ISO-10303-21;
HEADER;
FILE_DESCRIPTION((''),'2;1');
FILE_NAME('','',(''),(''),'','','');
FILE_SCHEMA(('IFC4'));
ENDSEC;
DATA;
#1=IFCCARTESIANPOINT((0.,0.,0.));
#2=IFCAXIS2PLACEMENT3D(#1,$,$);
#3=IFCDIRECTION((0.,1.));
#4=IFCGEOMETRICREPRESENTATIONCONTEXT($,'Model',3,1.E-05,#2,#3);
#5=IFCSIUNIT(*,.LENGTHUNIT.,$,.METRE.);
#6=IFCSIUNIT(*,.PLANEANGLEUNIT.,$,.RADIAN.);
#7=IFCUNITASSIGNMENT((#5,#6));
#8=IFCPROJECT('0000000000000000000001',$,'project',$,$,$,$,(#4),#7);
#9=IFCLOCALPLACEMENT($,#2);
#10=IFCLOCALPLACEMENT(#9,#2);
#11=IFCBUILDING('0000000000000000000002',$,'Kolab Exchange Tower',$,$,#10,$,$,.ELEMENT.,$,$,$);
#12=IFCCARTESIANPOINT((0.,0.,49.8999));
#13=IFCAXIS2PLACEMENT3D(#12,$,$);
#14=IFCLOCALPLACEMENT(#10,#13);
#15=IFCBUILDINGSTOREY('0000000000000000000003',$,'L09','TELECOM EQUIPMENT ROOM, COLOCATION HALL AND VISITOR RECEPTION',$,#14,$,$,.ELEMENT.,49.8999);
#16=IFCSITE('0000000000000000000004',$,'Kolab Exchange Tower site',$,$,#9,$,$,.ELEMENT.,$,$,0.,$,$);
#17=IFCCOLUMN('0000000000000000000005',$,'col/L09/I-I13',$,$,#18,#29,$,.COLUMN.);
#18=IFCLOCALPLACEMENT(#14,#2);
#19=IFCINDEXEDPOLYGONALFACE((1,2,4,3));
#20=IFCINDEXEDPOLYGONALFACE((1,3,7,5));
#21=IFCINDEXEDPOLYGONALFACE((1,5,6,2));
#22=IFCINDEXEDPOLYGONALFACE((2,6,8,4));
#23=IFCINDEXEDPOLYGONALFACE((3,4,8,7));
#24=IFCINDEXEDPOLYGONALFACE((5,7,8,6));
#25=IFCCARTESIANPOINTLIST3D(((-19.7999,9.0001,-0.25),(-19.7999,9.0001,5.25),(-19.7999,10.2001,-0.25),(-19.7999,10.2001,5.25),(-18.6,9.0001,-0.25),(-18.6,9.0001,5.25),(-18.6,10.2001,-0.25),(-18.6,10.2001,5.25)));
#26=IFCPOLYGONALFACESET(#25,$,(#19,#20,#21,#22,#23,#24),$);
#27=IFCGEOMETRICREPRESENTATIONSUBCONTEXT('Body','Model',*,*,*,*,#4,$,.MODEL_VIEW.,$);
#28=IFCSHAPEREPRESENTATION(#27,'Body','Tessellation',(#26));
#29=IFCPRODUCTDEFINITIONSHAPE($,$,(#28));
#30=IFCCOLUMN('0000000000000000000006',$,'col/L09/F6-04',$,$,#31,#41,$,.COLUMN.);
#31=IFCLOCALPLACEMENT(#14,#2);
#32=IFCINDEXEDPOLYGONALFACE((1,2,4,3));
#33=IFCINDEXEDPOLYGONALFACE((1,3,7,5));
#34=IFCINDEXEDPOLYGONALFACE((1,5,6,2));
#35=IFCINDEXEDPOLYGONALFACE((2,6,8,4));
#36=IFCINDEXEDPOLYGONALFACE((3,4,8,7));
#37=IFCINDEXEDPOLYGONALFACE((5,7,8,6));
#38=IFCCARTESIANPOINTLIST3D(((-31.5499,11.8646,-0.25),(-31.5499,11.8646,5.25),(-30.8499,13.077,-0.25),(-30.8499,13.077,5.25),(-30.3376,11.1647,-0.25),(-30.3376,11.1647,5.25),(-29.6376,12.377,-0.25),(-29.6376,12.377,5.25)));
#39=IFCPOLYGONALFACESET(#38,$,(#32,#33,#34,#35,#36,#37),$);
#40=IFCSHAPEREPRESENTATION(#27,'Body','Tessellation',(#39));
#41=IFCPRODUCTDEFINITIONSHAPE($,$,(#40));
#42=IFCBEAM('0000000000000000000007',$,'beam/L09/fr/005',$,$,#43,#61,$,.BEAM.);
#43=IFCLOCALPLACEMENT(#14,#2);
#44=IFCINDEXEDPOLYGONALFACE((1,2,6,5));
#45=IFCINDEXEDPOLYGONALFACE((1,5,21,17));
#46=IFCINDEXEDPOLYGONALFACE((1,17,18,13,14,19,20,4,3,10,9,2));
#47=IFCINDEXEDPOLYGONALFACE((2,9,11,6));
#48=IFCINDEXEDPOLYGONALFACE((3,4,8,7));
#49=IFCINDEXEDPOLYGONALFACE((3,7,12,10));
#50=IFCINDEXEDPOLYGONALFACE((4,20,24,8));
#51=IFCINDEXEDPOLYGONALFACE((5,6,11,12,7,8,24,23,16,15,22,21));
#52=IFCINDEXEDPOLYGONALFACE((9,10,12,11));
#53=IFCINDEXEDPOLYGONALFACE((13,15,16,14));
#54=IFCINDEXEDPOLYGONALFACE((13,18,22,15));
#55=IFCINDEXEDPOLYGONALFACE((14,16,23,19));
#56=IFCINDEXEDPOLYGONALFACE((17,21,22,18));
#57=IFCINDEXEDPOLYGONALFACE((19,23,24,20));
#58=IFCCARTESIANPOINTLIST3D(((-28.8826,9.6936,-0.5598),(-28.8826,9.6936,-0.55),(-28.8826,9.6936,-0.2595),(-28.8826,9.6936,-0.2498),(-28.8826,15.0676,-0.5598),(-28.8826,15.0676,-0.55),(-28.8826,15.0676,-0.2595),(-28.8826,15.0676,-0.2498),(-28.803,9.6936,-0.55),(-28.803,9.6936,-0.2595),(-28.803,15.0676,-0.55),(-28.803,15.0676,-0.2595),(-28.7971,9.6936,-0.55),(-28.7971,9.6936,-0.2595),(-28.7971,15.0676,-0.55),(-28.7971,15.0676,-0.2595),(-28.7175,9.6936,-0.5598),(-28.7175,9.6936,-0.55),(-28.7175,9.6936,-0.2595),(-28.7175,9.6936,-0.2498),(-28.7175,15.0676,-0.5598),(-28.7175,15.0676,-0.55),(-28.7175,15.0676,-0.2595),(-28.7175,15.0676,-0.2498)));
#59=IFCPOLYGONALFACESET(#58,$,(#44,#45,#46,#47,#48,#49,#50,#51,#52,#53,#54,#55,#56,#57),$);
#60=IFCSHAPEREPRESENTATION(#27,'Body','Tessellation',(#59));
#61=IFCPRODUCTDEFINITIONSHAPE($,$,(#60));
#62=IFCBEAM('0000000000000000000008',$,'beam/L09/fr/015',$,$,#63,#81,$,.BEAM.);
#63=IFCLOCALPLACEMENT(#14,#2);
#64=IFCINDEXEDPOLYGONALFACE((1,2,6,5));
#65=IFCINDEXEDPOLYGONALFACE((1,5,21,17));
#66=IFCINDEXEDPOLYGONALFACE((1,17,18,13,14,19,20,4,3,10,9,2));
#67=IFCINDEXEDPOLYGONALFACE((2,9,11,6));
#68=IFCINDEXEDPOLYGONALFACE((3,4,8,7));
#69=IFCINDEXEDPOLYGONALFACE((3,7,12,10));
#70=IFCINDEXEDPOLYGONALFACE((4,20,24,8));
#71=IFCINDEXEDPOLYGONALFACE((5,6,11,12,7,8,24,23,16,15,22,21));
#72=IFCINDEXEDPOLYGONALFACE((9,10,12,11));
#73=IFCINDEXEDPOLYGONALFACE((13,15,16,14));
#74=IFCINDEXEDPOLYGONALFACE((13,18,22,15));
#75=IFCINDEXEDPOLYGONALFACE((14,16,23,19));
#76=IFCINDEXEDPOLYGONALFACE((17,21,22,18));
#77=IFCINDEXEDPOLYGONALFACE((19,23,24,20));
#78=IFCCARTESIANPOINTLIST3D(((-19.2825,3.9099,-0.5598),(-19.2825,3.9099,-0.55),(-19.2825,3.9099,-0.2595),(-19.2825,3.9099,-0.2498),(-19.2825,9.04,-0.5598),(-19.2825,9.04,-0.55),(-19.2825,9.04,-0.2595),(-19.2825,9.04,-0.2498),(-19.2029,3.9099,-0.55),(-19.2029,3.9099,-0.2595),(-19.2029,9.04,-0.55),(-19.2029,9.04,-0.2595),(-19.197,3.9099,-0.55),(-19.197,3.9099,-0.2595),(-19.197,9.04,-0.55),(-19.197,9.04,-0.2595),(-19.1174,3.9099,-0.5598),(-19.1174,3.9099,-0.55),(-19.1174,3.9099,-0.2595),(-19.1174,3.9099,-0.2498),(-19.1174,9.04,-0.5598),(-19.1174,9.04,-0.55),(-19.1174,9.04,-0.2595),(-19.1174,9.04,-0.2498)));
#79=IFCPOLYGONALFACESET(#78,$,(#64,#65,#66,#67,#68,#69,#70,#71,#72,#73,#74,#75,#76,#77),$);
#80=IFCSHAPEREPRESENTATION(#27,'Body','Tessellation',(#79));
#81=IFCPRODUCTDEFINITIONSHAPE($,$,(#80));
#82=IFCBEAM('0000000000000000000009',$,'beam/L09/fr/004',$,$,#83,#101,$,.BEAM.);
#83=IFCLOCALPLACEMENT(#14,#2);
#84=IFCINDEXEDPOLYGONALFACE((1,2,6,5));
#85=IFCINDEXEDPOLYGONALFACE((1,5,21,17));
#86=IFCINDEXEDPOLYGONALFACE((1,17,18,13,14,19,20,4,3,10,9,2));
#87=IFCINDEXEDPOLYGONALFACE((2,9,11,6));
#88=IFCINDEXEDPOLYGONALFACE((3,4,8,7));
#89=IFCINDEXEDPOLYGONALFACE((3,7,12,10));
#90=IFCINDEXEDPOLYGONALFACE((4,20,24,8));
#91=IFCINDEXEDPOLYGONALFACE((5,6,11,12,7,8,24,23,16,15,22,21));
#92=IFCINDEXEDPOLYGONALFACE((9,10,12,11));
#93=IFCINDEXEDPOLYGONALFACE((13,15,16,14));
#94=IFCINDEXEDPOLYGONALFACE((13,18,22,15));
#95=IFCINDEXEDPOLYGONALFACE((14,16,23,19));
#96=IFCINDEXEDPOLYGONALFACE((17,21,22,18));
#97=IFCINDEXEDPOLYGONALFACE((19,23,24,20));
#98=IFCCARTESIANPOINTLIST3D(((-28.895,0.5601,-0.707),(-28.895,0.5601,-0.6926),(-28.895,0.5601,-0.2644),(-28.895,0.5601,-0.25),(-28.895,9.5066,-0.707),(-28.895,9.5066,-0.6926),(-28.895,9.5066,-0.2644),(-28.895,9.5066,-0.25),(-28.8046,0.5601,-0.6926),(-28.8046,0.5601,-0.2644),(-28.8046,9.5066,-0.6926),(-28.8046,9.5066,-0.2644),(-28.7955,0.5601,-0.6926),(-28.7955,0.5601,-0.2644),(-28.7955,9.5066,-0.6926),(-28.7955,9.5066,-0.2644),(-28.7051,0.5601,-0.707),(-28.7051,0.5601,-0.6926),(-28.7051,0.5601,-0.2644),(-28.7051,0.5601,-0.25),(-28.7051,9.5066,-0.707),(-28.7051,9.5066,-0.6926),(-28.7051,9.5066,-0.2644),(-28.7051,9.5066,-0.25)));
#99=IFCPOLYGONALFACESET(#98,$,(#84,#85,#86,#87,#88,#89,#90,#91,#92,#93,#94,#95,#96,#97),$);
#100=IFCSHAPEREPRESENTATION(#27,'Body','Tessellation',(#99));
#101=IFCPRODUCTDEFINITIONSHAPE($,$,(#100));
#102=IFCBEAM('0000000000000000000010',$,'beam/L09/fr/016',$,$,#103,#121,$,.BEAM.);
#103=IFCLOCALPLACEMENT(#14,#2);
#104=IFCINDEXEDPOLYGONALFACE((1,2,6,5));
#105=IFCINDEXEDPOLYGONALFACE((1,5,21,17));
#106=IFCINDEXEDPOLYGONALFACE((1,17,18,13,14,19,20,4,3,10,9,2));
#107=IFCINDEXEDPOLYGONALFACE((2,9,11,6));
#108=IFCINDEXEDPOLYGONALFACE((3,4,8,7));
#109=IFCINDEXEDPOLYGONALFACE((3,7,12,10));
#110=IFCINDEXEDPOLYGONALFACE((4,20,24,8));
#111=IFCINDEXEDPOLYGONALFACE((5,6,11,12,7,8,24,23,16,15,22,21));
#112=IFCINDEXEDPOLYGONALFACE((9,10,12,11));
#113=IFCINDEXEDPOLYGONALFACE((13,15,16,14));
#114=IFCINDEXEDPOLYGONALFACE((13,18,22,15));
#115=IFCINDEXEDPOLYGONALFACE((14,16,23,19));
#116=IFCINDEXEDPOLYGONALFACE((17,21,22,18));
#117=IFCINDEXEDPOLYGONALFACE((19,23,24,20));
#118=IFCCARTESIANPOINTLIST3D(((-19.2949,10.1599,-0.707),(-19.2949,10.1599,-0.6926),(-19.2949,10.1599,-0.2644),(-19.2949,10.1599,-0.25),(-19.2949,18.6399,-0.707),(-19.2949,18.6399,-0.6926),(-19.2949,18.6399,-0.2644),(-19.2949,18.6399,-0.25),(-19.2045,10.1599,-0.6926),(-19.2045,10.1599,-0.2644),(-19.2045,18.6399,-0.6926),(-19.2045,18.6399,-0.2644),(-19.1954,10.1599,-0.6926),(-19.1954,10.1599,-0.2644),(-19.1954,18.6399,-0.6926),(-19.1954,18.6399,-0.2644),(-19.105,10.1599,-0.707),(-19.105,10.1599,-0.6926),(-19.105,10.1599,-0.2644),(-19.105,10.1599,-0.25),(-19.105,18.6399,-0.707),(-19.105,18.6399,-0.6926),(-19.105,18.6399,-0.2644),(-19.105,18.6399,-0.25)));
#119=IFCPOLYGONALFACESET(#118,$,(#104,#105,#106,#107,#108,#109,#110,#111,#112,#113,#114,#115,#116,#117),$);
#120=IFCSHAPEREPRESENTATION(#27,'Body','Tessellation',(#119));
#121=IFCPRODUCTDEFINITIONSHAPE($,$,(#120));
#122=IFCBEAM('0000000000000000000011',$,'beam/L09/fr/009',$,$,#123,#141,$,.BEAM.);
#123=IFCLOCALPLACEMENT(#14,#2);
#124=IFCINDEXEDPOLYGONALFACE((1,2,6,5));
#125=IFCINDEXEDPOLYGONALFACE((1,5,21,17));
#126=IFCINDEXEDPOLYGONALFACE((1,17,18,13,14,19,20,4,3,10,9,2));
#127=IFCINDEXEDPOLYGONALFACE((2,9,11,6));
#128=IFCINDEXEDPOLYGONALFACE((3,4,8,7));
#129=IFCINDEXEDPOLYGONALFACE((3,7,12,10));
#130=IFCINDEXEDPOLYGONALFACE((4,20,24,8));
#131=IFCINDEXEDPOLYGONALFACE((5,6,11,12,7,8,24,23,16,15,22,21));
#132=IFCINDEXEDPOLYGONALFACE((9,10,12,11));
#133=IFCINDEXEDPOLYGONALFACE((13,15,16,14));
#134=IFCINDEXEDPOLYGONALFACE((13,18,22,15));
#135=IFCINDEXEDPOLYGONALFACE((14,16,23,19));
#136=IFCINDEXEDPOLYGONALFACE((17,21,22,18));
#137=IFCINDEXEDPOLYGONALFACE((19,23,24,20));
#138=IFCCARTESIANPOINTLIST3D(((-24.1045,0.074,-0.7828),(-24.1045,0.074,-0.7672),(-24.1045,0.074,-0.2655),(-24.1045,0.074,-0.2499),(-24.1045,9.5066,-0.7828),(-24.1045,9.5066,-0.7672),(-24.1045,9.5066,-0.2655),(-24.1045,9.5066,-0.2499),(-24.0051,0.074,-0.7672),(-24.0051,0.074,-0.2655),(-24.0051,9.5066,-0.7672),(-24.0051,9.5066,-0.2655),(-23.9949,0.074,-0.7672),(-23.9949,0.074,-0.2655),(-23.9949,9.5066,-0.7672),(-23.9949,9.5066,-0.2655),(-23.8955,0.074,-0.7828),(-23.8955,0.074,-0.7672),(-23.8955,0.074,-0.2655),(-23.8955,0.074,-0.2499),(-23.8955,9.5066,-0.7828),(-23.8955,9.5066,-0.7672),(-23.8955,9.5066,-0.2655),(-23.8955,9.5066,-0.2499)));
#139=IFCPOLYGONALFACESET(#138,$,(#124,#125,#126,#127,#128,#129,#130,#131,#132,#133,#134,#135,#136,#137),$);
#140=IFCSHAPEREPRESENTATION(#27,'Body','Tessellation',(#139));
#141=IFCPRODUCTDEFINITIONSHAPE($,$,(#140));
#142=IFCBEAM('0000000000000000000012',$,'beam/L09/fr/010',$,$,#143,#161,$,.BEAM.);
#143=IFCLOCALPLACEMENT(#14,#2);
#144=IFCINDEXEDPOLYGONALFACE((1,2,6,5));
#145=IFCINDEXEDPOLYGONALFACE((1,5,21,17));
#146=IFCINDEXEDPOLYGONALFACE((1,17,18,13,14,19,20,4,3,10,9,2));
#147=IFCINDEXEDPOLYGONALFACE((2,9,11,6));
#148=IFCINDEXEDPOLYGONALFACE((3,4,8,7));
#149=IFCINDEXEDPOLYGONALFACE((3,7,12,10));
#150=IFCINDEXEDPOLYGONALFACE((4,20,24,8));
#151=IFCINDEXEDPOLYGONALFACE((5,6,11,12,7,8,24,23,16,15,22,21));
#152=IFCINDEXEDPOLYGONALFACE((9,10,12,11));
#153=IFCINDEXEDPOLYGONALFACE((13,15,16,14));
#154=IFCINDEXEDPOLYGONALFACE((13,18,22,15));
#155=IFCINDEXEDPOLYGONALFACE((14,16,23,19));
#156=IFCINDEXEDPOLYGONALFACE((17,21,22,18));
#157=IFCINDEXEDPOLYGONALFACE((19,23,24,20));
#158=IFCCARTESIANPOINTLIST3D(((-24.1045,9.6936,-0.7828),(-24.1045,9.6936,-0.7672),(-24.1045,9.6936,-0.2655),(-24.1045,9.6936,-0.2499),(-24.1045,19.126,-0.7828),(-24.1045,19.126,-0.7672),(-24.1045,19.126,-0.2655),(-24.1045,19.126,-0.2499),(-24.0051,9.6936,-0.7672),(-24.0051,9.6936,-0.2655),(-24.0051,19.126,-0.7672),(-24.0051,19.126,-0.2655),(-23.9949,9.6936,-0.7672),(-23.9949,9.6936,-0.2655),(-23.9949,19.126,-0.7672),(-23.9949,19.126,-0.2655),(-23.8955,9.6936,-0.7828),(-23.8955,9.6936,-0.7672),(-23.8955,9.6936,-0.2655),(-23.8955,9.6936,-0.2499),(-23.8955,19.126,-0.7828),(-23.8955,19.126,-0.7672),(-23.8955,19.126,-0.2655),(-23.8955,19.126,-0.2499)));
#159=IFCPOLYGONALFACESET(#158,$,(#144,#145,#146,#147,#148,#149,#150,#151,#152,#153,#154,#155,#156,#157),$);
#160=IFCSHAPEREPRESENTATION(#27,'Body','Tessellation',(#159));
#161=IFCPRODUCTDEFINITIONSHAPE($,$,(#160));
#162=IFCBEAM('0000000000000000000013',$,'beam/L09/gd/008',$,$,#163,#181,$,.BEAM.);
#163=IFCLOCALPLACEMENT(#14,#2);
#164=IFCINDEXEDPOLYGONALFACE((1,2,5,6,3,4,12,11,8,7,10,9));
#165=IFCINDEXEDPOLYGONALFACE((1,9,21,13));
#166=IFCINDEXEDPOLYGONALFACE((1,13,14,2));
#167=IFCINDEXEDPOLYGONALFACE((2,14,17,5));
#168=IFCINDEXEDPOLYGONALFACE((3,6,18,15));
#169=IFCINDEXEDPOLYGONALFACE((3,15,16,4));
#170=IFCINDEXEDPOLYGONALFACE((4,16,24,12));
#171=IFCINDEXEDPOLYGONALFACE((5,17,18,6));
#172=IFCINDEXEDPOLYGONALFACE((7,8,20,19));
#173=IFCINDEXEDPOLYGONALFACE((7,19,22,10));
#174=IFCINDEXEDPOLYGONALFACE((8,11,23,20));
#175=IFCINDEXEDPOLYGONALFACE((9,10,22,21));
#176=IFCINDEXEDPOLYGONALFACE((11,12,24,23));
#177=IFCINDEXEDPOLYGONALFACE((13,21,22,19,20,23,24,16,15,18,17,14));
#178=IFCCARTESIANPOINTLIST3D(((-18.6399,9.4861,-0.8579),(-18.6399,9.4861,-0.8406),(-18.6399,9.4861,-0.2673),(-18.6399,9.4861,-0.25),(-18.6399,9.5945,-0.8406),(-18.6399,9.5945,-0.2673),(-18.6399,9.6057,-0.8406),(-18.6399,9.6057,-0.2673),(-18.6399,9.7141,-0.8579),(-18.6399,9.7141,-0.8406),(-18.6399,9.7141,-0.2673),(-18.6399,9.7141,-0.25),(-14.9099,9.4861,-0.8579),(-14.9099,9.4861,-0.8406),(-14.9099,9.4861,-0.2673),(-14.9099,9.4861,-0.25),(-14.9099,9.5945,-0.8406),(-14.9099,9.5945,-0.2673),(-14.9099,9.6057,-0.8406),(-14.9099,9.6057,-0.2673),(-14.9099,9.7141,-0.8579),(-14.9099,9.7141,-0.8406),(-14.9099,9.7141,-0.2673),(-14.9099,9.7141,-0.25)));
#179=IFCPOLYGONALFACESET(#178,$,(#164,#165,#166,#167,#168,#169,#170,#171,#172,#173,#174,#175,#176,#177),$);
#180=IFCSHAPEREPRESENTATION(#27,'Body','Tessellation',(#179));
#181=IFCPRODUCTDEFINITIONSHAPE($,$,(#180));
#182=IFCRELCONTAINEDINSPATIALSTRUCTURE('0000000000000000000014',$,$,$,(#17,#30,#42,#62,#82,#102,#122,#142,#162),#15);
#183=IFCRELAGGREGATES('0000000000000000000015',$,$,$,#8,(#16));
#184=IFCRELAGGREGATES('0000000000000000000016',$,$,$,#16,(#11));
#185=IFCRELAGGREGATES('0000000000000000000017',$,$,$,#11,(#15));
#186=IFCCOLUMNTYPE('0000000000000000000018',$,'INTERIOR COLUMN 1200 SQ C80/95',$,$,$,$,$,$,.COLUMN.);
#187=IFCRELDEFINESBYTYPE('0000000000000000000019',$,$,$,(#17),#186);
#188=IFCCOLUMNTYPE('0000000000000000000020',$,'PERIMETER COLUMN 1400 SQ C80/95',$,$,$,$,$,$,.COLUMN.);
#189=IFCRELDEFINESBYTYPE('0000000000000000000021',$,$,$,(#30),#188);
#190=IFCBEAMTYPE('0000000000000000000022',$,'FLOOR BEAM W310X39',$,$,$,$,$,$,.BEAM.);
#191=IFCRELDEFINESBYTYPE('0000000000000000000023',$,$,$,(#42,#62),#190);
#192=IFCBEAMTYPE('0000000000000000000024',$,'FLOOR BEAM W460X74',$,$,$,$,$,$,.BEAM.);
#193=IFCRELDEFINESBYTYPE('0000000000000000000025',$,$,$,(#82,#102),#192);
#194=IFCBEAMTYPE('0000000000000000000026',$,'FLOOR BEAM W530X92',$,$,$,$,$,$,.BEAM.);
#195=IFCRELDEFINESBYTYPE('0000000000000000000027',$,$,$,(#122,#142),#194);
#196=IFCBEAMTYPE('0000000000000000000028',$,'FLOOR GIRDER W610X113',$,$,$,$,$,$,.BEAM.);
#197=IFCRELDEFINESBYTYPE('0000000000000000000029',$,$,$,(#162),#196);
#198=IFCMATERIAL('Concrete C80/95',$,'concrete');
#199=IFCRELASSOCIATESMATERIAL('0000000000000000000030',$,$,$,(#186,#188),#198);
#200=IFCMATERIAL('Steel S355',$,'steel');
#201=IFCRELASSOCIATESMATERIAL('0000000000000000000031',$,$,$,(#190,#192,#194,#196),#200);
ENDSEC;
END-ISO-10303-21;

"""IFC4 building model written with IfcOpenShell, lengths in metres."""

from ifc_helpers import new_model, si_unit, direction, frame, origin, origin_2d, place, context, subcontext, project, spatial, rectangle, i_section, extrude, material, material_profile, profile_set, type_object, element, save


model = new_model("IFC4")

# Units and contexts
model_context = context("Model", 3, precision=1e-05, world=origin(), true_north=direction((0.0, 1.0)))
body_context = subcontext(model_context, "Body", "Model", "MODEL_VIEW")
ifc_project = project(units=[si_unit("LENGTHUNIT", "METRE"), si_unit("PLANEANGLEUNIT", "RADIAN")], contexts=[model_context])

# Site, building, storey
site_placement = place(None, origin())
site = spatial("IfcSite", under=ifc_project, at=site_placement, Name="Kolab Exchange Tower site", CompositionType="ELEMENT", RefElevation=0.0)
building_placement = place(site_placement, origin())
building = spatial("IfcBuilding", under=site, at=building_placement, Name="Kolab Exchange Tower", CompositionType="ELEMENT")
storey_placement = place(building_placement, frame((0.0, 0.0, 49.8999)))
storey = spatial("IfcBuildingStorey", under=building, at=storey_placement, Name="L09", Description="TELECOM EQUIPMENT ROOM, COLOCATION HALL AND VISITOR RECEPTION", CompositionType="ELEMENT", Elevation=49.8999)

# Columns
ifc_material_1 = material(Name="Concrete C80/95", Category="concrete")
ifc_material_profile_1 = material_profile(ifc_material_1, rectangle(XDim=1.2, YDim=1.2, at=origin_2d()), Name="RC1200")
ifc_profile_set_1 = profile_set([ifc_material_profile_1], Name="Concrete C80/95")
column_type_1 = type_object("IfcColumnType", Name="INTERIOR COLUMN 1200 SQ C80/95", PredefinedType="COLUMN", material=ifc_profile_set_1)
column_1_placement = place(storey_placement, frame((-19.2, 9.6001, -0.25), z_axis=(0.0, 0.0, 1.0), x_axis=(1.0, 0.0, 0.0)))
element("IfcColumn", 1, at=column_1_placement, inside=storey, type_object=column_type_1, Name="col/L09/I-I13", PredefinedType="COLUMN", context=body_context, shape_type="SweptSolid", body=[
    extrude(rectangle(XDim=1.2, YDim=1.2, at=origin_2d()), origin(), (0.0, 0.0, 1.0), 5.5),
])
ifc_material_profile_2 = material_profile(ifc_material_1, rectangle(XDim=1.3999, YDim=1.3999, at=origin_2d()), Name="RC1400")
ifc_profile_set_2 = profile_set([ifc_material_profile_2], Name="Concrete C80/95")
column_type_2 = type_object("IfcColumnType", Name="PERIMETER COLUMN 1400 SQ C80/95", PredefinedType="COLUMN", material=ifc_profile_set_2)
column_2_placement = place(storey_placement, frame((-30.5938, 12.1208, -0.25), z_axis=(0.0, 0.0, 1.0), x_axis=(0.5, 0.866025, 0.0)))
element("IfcColumn", 2, at=column_2_placement, inside=storey, type_object=column_type_2, Name="col/L09/F6-04", PredefinedType="COLUMN", context=body_context, shape_type="SweptSolid", body=[
    extrude(rectangle(XDim=1.3999, YDim=1.3999, at=origin_2d()), origin(), (0.0, 0.0, 1.0), 5.5),
])

# Beams
ifc_material_2 = material(Name="Steel S355", Category="steel")
ifc_material_profile_3 = material_profile(ifc_material_2, i_section(OverallWidth=0.165, OverallDepth=0.3101, WebThickness=0.0059, FlangeThickness=0.0098, at=origin_2d()), Name="W310X39")
ifc_profile_set_3 = profile_set([ifc_material_profile_3], Name="Steel S355")
beam_type_1 = type_object("IfcBeamType", Name="FLOOR BEAM W310X39", PredefinedType="BEAM", material=ifc_profile_set_3)
beam_1_placement = place(storey_placement, frame((-28.8, 9.6936, -0.4048), z_axis=(0.0, 1.0, 0.0), x_axis=(-1.0, 0.0, 0.0)))
element("IfcBeam", 3, at=beam_1_placement, inside=storey, type_object=beam_type_1, Name="beam/L09/fr/005", PredefinedType="BEAM", context=body_context, shape_type="SweptSolid", body=[
    extrude(i_section(OverallWidth=0.165, OverallDepth=0.3101, WebThickness=0.0059, FlangeThickness=0.0098, at=origin_2d()), origin(), (0.0, 0.0, 1.0), 5.374),
])
beam_2_placement = place(storey_placement, frame((-19.2, 3.9099, -0.4048), z_axis=(0.0, 1.0, 0.0), x_axis=(-1.0, 0.0, 0.0)))
element("IfcBeam", 4, at=beam_2_placement, inside=storey, type_object=beam_type_1, Name="beam/L09/fr/015", PredefinedType="BEAM", context=body_context, shape_type="SweptSolid", body=[
    extrude(i_section(OverallWidth=0.165, OverallDepth=0.3101, WebThickness=0.0059, FlangeThickness=0.0098, at=origin_2d()), origin(), (0.0, 0.0, 1.0), 5.1301),
])
ifc_material_profile_4 = material_profile(ifc_material_2, i_section(OverallWidth=0.1899, OverallDepth=0.457, WebThickness=0.009, FlangeThickness=0.0144, at=origin_2d()), Name="W460X74")
ifc_profile_set_4 = profile_set([ifc_material_profile_4], Name="Steel S355")
beam_type_2 = type_object("IfcBeamType", Name="FLOOR BEAM W460X74", PredefinedType="BEAM", material=ifc_profile_set_4)
beam_3_placement = place(storey_placement, frame((-28.8, 0.5601, -0.4785), z_axis=(0.0, 1.0, 0.0), x_axis=(-1.0, 0.0, 0.0)))
element("IfcBeam", 5, at=beam_3_placement, inside=storey, type_object=beam_type_2, Name="beam/L09/fr/004", PredefinedType="BEAM", context=body_context, shape_type="SweptSolid", body=[
    extrude(i_section(OverallWidth=0.1899, OverallDepth=0.457, WebThickness=0.009, FlangeThickness=0.0144, at=origin_2d()), origin(), (0.0, 0.0, 1.0), 8.9465),
])
beam_4_placement = place(storey_placement, frame((-19.2, 10.1599, -0.4785), z_axis=(0.0, 1.0, 0.0), x_axis=(-1.0, 0.0, 0.0)))
element("IfcBeam", 6, at=beam_4_placement, inside=storey, type_object=beam_type_2, Name="beam/L09/fr/016", PredefinedType="BEAM", context=body_context, shape_type="SweptSolid", body=[
    extrude(i_section(OverallWidth=0.1899, OverallDepth=0.457, WebThickness=0.009, FlangeThickness=0.0144, at=origin_2d()), origin(), (0.0, 0.0, 1.0), 8.48),
])
ifc_material_profile_5 = material_profile(ifc_material_2, i_section(OverallWidth=0.209, OverallDepth=0.533, WebThickness=0.0103, FlangeThickness=0.0156, at=origin_2d()), Name="W530X92")
ifc_profile_set_5 = profile_set([ifc_material_profile_5], Name="Steel S355")
beam_type_3 = type_object("IfcBeamType", Name="FLOOR BEAM W530X92", PredefinedType="BEAM", material=ifc_profile_set_5)
beam_5_placement = place(storey_placement, frame((-24.0, 0.074, -0.5164), z_axis=(0.0, 1.0, 0.0), x_axis=(-1.0, 0.0, 0.0)))
element("IfcBeam", 7, at=beam_5_placement, inside=storey, type_object=beam_type_3, Name="beam/L09/fr/009", PredefinedType="BEAM", context=body_context, shape_type="SweptSolid", body=[
    extrude(i_section(OverallWidth=0.209, OverallDepth=0.533, WebThickness=0.0103, FlangeThickness=0.0156, at=origin_2d()), origin(), (0.0, 0.0, 1.0), 9.4326),
])
beam_6_placement = place(storey_placement, frame((-24.0, 9.6936, -0.5164), z_axis=(0.0, 1.0, 0.0), x_axis=(-1.0, 0.0, 0.0)))
element("IfcBeam", 8, at=beam_6_placement, inside=storey, type_object=beam_type_3, Name="beam/L09/fr/010", PredefinedType="BEAM", context=body_context, shape_type="SweptSolid", body=[
    extrude(i_section(OverallWidth=0.209, OverallDepth=0.533, WebThickness=0.0103, FlangeThickness=0.0156, at=origin_2d()), origin(), (0.0, 0.0, 1.0), 9.4324),
])
ifc_material_profile_6 = material_profile(ifc_material_2, i_section(OverallWidth=0.228, OverallDepth=0.6079, WebThickness=0.0112, FlangeThickness=0.0173, at=origin_2d()), Name="W610X113")
ifc_profile_set_6 = profile_set([ifc_material_profile_6], Name="Steel S355")
beam_type_4 = type_object("IfcBeamType", Name="FLOOR GIRDER W610X113", PredefinedType="BEAM", material=ifc_profile_set_6)
beam_7_placement = place(storey_placement, frame((-18.6399, 9.6001, -0.554), z_axis=(1.0, 0.0, 0.0), x_axis=(0.0, 1.0, 0.0)))
element("IfcBeam", 9, at=beam_7_placement, inside=storey, type_object=beam_type_4, Name="beam/L09/gd/008", PredefinedType="BEAM", context=body_context, shape_type="SweptSolid", body=[
    extrude(i_section(OverallWidth=0.228, OverallDepth=0.6079, WebThickness=0.0112, FlangeThickness=0.0173, at=origin_2d()), origin(), (0.0, 0.0, 1.0), 3.73),
])

save(model, "model.ifc")
